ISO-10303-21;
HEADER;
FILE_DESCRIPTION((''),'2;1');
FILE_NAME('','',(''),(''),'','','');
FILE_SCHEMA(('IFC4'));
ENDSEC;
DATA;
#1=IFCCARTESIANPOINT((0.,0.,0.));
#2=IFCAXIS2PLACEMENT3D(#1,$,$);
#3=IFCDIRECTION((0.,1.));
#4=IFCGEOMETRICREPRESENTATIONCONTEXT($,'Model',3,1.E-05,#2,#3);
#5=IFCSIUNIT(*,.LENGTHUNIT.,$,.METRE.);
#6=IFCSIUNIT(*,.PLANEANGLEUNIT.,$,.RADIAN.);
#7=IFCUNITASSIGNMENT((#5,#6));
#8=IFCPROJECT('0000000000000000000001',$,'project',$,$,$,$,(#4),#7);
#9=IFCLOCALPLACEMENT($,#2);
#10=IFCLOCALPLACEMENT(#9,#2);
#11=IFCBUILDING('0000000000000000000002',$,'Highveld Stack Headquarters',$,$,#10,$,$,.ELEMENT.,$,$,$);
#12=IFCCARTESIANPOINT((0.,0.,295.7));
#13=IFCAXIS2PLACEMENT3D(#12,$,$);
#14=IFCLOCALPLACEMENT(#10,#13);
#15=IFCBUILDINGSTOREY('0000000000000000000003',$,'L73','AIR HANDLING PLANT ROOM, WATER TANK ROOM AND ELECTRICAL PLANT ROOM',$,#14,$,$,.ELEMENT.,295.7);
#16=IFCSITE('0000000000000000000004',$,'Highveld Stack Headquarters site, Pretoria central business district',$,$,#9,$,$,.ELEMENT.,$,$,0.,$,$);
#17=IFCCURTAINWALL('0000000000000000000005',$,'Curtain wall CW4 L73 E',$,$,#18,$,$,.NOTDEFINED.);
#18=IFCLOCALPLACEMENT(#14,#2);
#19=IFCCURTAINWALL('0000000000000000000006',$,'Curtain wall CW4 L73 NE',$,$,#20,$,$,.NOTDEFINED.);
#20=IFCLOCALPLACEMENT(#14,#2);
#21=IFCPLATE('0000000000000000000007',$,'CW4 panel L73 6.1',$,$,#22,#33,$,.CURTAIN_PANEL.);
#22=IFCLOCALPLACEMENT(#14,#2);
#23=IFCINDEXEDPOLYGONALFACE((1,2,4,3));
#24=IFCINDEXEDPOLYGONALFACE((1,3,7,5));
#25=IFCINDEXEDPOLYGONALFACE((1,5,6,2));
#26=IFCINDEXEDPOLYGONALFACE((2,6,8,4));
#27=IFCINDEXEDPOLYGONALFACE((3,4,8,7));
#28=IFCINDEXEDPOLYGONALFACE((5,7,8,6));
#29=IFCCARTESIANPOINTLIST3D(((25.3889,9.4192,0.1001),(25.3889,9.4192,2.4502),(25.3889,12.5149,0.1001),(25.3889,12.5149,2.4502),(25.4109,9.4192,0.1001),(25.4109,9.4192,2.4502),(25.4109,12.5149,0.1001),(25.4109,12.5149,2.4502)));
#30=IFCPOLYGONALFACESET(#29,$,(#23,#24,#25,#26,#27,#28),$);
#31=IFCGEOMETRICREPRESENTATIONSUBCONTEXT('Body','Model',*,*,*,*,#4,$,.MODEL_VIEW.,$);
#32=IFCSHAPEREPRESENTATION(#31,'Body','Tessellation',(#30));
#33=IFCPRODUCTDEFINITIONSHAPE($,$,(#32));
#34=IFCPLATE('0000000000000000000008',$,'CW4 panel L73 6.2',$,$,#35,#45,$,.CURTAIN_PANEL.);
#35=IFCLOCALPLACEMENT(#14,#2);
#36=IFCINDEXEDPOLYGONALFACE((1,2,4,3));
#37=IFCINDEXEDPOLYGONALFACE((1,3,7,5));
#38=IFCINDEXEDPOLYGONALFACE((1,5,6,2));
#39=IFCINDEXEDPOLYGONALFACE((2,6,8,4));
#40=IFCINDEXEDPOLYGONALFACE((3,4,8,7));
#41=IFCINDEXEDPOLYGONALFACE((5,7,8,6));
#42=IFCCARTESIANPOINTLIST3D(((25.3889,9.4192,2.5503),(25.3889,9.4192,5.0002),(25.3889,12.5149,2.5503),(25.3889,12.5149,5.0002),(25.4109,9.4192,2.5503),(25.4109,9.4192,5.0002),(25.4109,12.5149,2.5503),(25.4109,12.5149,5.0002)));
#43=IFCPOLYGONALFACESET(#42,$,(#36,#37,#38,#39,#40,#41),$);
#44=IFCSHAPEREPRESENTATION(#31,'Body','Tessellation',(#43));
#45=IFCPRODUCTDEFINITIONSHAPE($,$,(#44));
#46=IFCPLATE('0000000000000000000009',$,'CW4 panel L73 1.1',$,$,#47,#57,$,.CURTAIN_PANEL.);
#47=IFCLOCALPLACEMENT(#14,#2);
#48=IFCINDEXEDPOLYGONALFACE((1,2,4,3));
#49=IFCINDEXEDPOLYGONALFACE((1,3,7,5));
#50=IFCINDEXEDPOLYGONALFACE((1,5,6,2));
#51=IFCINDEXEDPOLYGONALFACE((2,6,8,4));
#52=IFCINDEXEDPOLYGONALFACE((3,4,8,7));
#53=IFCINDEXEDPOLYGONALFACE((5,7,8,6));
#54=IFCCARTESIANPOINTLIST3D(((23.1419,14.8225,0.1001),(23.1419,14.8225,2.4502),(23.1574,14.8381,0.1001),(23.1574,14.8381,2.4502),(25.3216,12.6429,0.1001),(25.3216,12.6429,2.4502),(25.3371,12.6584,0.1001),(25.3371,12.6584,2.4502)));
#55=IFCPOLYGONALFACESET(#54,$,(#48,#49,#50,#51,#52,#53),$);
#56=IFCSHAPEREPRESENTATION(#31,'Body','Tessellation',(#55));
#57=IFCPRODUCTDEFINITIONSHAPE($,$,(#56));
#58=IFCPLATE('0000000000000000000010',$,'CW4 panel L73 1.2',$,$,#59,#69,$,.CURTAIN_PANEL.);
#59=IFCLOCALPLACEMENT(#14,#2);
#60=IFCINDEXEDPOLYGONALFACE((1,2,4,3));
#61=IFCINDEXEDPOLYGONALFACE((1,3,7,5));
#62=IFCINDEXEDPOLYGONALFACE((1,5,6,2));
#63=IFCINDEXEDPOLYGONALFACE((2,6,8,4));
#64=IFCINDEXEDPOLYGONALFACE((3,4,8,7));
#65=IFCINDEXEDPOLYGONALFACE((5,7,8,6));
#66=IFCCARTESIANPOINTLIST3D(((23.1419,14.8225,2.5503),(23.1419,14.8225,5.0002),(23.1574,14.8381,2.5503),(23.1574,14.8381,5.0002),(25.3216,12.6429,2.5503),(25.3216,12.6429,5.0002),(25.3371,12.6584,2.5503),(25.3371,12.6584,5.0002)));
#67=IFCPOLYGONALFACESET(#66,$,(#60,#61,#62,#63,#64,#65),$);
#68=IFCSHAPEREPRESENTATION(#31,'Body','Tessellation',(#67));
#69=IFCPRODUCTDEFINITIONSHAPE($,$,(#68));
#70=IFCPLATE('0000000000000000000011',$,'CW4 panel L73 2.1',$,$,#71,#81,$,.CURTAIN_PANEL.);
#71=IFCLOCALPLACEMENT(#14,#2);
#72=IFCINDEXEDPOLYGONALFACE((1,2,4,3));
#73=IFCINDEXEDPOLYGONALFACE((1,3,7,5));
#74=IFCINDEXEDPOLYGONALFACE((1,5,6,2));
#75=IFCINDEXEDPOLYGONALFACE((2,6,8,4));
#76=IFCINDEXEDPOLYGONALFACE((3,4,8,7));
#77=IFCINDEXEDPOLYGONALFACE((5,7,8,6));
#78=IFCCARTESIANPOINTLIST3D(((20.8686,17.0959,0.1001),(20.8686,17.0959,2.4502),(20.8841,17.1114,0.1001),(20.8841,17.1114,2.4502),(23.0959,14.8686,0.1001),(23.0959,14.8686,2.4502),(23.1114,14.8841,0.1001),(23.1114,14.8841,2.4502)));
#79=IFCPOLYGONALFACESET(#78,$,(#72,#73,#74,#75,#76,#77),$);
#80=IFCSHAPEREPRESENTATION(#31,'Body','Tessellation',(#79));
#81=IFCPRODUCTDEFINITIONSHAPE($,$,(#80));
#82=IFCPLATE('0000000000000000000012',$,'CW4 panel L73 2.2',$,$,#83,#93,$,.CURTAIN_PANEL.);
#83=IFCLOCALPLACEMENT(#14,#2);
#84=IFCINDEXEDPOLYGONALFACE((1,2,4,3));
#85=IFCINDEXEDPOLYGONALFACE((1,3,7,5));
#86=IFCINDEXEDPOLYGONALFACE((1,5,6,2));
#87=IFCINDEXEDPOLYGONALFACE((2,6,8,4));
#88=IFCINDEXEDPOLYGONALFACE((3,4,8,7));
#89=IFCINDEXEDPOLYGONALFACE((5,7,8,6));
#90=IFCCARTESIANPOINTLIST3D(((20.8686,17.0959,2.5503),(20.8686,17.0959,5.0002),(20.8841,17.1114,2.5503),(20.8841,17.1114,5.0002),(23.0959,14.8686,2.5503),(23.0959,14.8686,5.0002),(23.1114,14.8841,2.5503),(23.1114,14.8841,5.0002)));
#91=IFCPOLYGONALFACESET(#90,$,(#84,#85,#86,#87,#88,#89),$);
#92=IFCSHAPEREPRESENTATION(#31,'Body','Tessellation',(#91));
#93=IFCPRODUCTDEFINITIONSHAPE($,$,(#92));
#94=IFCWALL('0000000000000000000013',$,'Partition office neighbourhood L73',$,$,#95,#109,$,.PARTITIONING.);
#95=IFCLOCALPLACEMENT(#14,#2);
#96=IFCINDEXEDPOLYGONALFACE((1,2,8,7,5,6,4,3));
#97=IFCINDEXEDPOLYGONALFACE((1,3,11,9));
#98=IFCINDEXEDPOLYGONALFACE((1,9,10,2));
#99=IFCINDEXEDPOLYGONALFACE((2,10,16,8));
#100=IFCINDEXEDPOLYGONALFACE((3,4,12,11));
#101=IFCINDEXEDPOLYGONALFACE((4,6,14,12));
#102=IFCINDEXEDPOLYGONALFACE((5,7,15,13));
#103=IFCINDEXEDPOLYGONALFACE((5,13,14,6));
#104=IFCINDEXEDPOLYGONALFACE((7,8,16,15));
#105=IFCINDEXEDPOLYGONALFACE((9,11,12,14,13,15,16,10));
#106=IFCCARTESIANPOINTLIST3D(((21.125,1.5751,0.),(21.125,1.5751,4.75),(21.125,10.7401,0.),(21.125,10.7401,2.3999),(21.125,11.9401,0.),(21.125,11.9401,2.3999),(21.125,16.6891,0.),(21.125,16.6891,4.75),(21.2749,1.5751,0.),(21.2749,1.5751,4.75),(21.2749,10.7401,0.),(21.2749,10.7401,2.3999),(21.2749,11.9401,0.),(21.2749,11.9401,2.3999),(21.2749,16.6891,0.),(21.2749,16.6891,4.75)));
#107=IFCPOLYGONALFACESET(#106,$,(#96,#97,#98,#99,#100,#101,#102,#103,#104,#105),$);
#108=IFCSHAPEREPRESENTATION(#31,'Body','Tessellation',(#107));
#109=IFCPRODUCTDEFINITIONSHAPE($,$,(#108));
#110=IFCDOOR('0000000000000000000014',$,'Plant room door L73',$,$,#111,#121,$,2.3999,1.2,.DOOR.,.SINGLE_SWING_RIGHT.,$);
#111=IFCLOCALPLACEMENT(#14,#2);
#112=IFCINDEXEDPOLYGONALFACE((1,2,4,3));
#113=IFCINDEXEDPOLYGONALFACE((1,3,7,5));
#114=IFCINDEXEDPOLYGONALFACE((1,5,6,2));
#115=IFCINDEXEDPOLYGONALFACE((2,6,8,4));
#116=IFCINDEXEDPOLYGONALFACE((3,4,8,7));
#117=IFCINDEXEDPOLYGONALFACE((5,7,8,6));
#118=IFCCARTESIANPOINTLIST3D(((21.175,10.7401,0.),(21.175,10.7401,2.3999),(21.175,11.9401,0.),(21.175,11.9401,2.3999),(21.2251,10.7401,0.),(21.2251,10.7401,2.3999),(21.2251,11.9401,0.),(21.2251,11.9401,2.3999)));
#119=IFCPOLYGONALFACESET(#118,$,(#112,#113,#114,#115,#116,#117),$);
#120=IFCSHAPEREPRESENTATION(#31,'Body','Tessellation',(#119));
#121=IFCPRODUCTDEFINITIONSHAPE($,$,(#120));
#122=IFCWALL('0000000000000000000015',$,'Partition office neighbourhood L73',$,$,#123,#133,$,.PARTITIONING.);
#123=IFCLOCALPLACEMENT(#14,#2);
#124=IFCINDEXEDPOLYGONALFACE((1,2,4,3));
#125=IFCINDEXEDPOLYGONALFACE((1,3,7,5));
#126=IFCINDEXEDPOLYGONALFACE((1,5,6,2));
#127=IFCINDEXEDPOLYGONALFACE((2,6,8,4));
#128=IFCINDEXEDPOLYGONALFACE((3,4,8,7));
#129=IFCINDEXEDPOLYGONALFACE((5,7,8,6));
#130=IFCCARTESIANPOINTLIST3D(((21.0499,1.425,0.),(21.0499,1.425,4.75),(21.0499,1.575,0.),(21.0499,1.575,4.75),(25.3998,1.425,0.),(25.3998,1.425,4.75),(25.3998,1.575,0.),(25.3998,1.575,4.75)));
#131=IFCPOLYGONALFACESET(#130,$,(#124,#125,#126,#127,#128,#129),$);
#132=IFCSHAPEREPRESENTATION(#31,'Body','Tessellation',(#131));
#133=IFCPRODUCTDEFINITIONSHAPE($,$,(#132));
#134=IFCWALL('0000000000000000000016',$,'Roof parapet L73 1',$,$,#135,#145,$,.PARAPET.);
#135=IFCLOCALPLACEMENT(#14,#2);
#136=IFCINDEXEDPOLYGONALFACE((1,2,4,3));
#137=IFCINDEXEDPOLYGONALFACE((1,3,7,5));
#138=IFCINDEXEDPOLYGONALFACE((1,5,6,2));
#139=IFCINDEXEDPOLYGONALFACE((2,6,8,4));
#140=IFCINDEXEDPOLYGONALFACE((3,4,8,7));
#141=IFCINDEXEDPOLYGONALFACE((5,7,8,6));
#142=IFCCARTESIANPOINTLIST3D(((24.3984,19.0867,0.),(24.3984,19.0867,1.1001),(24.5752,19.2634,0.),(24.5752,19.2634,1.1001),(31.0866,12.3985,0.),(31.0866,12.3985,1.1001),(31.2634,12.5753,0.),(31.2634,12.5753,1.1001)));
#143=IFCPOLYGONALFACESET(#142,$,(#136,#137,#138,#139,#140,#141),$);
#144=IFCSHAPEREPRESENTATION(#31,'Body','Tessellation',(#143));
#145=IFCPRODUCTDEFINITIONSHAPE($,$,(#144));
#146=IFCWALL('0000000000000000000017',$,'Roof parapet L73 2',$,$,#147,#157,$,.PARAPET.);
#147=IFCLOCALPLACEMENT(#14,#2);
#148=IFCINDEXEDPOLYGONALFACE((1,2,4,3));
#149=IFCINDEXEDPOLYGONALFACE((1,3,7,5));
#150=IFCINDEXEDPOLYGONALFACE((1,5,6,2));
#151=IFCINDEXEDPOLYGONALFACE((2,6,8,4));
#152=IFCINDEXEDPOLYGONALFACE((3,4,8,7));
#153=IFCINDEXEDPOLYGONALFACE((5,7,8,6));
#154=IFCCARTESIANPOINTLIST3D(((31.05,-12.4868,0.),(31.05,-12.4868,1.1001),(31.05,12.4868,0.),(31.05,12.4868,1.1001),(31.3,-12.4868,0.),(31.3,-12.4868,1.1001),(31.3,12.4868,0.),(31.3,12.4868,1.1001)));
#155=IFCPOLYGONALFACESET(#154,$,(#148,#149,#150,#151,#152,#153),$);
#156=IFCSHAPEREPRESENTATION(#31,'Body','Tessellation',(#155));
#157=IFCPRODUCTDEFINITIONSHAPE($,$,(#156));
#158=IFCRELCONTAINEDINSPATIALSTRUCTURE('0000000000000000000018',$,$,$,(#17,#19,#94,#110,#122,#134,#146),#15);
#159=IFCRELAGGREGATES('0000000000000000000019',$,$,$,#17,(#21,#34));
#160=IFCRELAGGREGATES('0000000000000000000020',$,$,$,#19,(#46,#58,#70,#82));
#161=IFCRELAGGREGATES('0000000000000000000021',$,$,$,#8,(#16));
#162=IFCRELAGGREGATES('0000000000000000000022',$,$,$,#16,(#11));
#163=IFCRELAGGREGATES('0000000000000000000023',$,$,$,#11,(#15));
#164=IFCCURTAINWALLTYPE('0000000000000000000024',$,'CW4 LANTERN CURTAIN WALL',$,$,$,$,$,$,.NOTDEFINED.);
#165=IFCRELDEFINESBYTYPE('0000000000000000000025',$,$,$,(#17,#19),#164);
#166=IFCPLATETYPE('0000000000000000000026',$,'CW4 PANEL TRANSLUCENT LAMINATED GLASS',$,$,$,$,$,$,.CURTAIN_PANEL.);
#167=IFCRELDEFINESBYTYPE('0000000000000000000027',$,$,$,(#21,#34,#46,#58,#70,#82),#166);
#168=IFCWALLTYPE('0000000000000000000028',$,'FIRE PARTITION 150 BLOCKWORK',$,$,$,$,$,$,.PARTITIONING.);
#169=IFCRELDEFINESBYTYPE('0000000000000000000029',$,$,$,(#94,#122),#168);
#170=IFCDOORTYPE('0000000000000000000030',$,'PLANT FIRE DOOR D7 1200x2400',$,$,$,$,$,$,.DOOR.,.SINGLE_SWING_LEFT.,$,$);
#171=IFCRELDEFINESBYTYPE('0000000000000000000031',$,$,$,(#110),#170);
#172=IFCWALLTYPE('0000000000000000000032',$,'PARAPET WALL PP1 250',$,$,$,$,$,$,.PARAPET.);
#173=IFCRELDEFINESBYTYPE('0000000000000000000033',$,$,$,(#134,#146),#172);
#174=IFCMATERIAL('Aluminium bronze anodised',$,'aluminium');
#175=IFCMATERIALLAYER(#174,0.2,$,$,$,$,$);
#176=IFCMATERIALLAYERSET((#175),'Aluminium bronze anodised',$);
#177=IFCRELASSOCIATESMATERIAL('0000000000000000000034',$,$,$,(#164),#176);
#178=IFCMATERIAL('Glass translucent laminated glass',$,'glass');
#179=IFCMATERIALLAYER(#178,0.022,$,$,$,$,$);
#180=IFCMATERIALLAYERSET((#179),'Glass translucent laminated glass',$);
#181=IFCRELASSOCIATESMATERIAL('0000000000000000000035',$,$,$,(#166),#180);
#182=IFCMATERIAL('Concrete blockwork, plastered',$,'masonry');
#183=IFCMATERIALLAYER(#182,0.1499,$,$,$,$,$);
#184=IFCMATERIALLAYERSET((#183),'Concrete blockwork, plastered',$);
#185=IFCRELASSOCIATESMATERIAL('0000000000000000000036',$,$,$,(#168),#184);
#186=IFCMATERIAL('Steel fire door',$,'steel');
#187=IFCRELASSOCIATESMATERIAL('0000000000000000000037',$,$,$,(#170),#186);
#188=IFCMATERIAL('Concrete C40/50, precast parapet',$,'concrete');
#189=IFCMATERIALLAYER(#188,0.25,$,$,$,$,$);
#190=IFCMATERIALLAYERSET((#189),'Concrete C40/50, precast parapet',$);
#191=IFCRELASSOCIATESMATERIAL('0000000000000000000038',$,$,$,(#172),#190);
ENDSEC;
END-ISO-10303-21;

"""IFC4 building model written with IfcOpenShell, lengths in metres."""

from ifc_helpers import new_model, si_unit, direction, frame, frame_2d, origin, origin_2d, place, context, subcontext, project, spatial, rectangle, extrude, material, layer, layer_set, type_object, element, fill, aggregate, save


model = new_model("IFC4")

# Units and contexts
model_context = context("Model", 3, precision=1e-05, world=origin(), true_north=direction((0.0, 1.0)))
body_context = subcontext(model_context, "Body", "Model", "MODEL_VIEW")
ifc_project = project(units=[si_unit("LENGTHUNIT", "METRE"), si_unit("PLANEANGLEUNIT", "RADIAN")], contexts=[model_context])

# Site, building, storey
site_placement = place(None, origin())
site = spatial("IfcSite", under=ifc_project, at=site_placement, Name="Highveld Stack Headquarters site, Pretoria central business district", CompositionType="ELEMENT", RefElevation=0.0)
building_placement = place(site_placement, origin())
building = spatial("IfcBuilding", under=site, at=building_placement, Name="Highveld Stack Headquarters", CompositionType="ELEMENT")
storey_placement = place(building_placement, frame((0.0, 0.0, 295.7)))
storey = spatial("IfcBuildingStorey", under=building, at=storey_placement, Name="L73", Description="AIR HANDLING PLANT ROOM, WATER TANK ROOM AND ELECTRICAL PLANT ROOM", CompositionType="ELEMENT", Elevation=295.7)

# Curtain walls
ifc_material_1 = material(Name="Aluminium bronze anodised", Category="aluminium")
ifc_layer_1 = layer(ifc_material_1, 0.2)
ifc_layer_set_1 = layer_set([ifc_layer_1], Name="Aluminium bronze anodised")
curtain_wall_type = type_object("IfcCurtainWallType", Name="CW4 LANTERN CURTAIN WALL", PredefinedType="NOTDEFINED", material=ifc_layer_set_1)
curtain_wall_1_placement = place(storey_placement, origin())
curtain_wall_1 = element("IfcCurtainWall", 1, at=curtain_wall_1_placement, inside=storey, type_object=curtain_wall_type, Name="Curtain wall CW4 L73 E", PredefinedType="NOTDEFINED")
curtain_wall_2_placement = place(storey_placement, origin())
curtain_wall_2 = element("IfcCurtainWall", 2, at=curtain_wall_2_placement, inside=storey, type_object=curtain_wall_type, Name="Curtain wall CW4 L73 NE", PredefinedType="NOTDEFINED")

# Plates
ifc_material_2 = material(Name="Glass translucent laminated glass", Category="glass")
ifc_layer_2 = layer(ifc_material_2, 0.022)
ifc_layer_set_2 = layer_set([ifc_layer_2], Name="Glass translucent laminated glass")
plate_type = type_object("IfcPlateType", Name="CW4 PANEL TRANSLUCENT LAMINATED GLASS", PredefinedType="CURTAIN_PANEL", material=ifc_layer_set_2)
plate_1_placement = place(storey_placement, frame((25.3999, 10.967, 0.1001), z_axis=(0.0, 0.0, 1.0), x_axis=(0.0, 1.0, 0.0)))
plate_1 = element("IfcPlate", 3, at=plate_1_placement, type_object=plate_type, Name="CW4 panel L73 6.1", PredefinedType="CURTAIN_PANEL", context=body_context, shape_type="SweptSolid", body=[
    extrude(rectangle(XDim=3.0957, YDim=0.022, at=origin_2d()), origin(), (0.0, 0.0, 1.0), 2.3501),
])
plate_2_placement = place(storey_placement, frame((25.3999, 10.967, 2.5503), z_axis=(0.0, 0.0, 1.0), x_axis=(0.0, 1.0, 0.0)))
plate_2 = element("IfcPlate", 4, at=plate_2_placement, type_object=plate_type, Name="CW4 panel L73 6.2", PredefinedType="CURTAIN_PANEL", context=body_context, shape_type="SweptSolid", body=[
    extrude(rectangle(XDim=3.0957, YDim=0.022, at=origin_2d()), origin(), (0.0, 0.0, 1.0), 2.45),
])
aggregate(curtain_wall_1, [plate_1, plate_2])
plate_3_placement = place(storey_placement, frame((24.2395, 13.7405, 0.1001), z_axis=(0.0, 0.0, 1.0), x_axis=(-0.707107, 0.707107, 0.0)))
plate_3 = element("IfcPlate", 5, at=plate_3_placement, type_object=plate_type, Name="CW4 panel L73 1.1", PredefinedType="CURTAIN_PANEL", context=body_context, shape_type="SweptSolid", body=[
    extrude(rectangle(XDim=3.0825, YDim=0.022, at=origin_2d()), origin(), (0.0, 0.0, 1.0), 2.3501),
])
plate_4_placement = place(storey_placement, frame((24.2395, 13.7405, 2.5503), z_axis=(0.0, 0.0, 1.0), x_axis=(-0.707107, 0.707107, 0.0)))
plate_4 = element("IfcPlate", 6, at=plate_4_placement, type_object=plate_type, Name="CW4 panel L73 1.2", PredefinedType="CURTAIN_PANEL", context=body_context, shape_type="SweptSolid", body=[
    extrude(rectangle(XDim=3.0825, YDim=0.022, at=origin_2d()), origin(), (0.0, 0.0, 1.0), 2.45),
])
plate_5_placement = place(storey_placement, frame((21.99, 15.99, 0.1001), z_axis=(0.0, 0.0, 1.0), x_axis=(-0.707107, 0.707107, 0.0)))
plate_5 = element("IfcPlate", 7, at=plate_5_placement, type_object=plate_type, Name="CW4 panel L73 2.1", PredefinedType="CURTAIN_PANEL", context=body_context, shape_type="SweptSolid", body=[
    extrude(rectangle(XDim=3.1499, YDim=0.022, at=origin_2d()), origin(), (0.0, 0.0, 1.0), 2.3501),
])
plate_6_placement = place(storey_placement, frame((21.99, 15.99, 2.5503), z_axis=(0.0, 0.0, 1.0), x_axis=(-0.707107, 0.707107, 0.0)))
plate_6 = element("IfcPlate", 8, at=plate_6_placement, type_object=plate_type, Name="CW4 panel L73 2.2", PredefinedType="CURTAIN_PANEL", context=body_context, shape_type="SweptSolid", body=[
    extrude(rectangle(XDim=3.1499, YDim=0.022, at=origin_2d()), origin(), (0.0, 0.0, 1.0), 2.45),
])
aggregate(curtain_wall_2, [plate_3, plate_4, plate_5, plate_6])

# Wall, opening, door
ifc_material_3 = material(Name="Concrete blockwork, plastered", Category="masonry")
ifc_layer_3 = layer(ifc_material_3, 0.1499)
ifc_layer_set_3 = layer_set([ifc_layer_3], Name="Concrete blockwork, plastered")
wall_type_1 = type_object("IfcWallType", Name="FIRE PARTITION 150 BLOCKWORK", PredefinedType="PARTITIONING", material=ifc_layer_set_3)
wall_1_placement = place(storey_placement, frame((21.2, 1.575, 0.0), z_axis=(0.0, 0.0, 1.0), x_axis=(0.0, 1.0, 0.0)))
wall_1 = element("IfcWall", 9, at=wall_1_placement, inside=storey, type_object=wall_type_1, Name="Partition office neighbourhood L73", PredefinedType="PARTITIONING", context=body_context, shape_type="SweptSolid", body=[
    extrude(rectangle(XDim=15.114, YDim=0.1499, at=frame_2d((7.5571, 0.0))), origin(), (0.0, 0.0, 1.0), 4.75),
])
opening_placement = place(wall_1_placement, frame((9.165, 0.0, 0.0)))
opening = element("IfcOpeningElement", 10, at=opening_placement, cuts=wall_1, PredefinedType="OPENING", context=body_context, shape_type="SweptSolid", body=[
    extrude(rectangle(XDim=1.2, YDim=2.3999, at=frame_2d((0.6001, 1.2))), frame((0.0, 0.085, 0.0), z_axis=(0.0, -1.0, 0.0), x_axis=(1.0, 0.0, 0.0)), (0.0, 0.0, 1.0), 0.1699),
])
ifc_material_4 = material(Name="Steel fire door", Category="steel")
door_type = type_object("IfcDoorType", Name="PLANT FIRE DOOR D7 1200x2400", OperationType="SINGLE_SWING_LEFT", PredefinedType="DOOR", material=ifc_material_4)
door_placement = place(opening_placement, origin())
door = element("IfcDoor", 11, at=door_placement, inside=storey, type_object=door_type, Name="Plant room door L73", OperationType="SINGLE_SWING_RIGHT", OverallHeight=2.3999, OverallWidth=1.2, PredefinedType="DOOR", context=body_context, shape_type="SweptSolid", body=[
    extrude(rectangle(XDim=1.2, YDim=2.3999, at=frame_2d((0.6001, 1.2))), frame((0.0, 0.0249, 0.0), z_axis=(0.0, -1.0, 0.0), x_axis=(1.0, 0.0, 0.0)), (0.0, 0.0, 1.0), 0.05),
])
fill(opening, door)

# Walls
wall_2_placement = place(storey_placement, frame((21.05, 1.5, 0.0), z_axis=(0.0, 0.0, 1.0), x_axis=(1.0, 0.0, 0.0)))
element("IfcWall", 12, at=wall_2_placement, inside=storey, type_object=wall_type_1, Name="Partition office neighbourhood L73", PredefinedType="PARTITIONING", context=body_context, shape_type="SweptSolid", body=[
    extrude(rectangle(XDim=4.3499, YDim=0.1499, at=frame_2d((2.1748, 0.0))), origin(), (0.0, 0.0, 1.0), 4.75),
])
ifc_material_5 = material(Name="Concrete C40/50, precast parapet", Category="concrete")
ifc_layer_4 = layer(ifc_material_5, 0.25)
ifc_layer_set_4 = layer_set([ifc_layer_4], Name="Concrete C40/50, precast parapet")
wall_type_2 = type_object("IfcWallType", Name="PARAPET WALL PP1 250", PredefinedType="PARAPET", material=ifc_layer_set_4)
wall_3_placement = place(storey_placement, frame((24.4868, 19.175, 0.0), z_axis=(0.0, 0.0, 1.0), x_axis=(0.707107, -0.707107, 0.0)))
element("IfcWall", 13, at=wall_3_placement, inside=storey, type_object=wall_type_2, Name="Roof parapet L73 1", PredefinedType="PARAPET", context=body_context, shape_type="SweptSolid", body=[
    extrude(rectangle(XDim=9.4585, YDim=0.25, at=frame_2d((4.7292, 0.0))), origin(), (0.0, 0.0, 1.0), 1.1001),
])
wall_4_placement = place(storey_placement, frame((31.175, 12.4868, 0.0), z_axis=(0.0, 0.0, 1.0), x_axis=(0.0, -1.0, 0.0)))
element("IfcWall", 14, at=wall_4_placement, inside=storey, type_object=wall_type_2, Name="Roof parapet L73 2", PredefinedType="PARAPET", context=body_context, shape_type="SweptSolid", body=[
    extrude(rectangle(XDim=24.9736, YDim=0.25, at=frame_2d((12.4868, 0.0))), origin(), (0.0, 0.0, 1.0), 1.1001),
])

save(model, "model.ifc")
